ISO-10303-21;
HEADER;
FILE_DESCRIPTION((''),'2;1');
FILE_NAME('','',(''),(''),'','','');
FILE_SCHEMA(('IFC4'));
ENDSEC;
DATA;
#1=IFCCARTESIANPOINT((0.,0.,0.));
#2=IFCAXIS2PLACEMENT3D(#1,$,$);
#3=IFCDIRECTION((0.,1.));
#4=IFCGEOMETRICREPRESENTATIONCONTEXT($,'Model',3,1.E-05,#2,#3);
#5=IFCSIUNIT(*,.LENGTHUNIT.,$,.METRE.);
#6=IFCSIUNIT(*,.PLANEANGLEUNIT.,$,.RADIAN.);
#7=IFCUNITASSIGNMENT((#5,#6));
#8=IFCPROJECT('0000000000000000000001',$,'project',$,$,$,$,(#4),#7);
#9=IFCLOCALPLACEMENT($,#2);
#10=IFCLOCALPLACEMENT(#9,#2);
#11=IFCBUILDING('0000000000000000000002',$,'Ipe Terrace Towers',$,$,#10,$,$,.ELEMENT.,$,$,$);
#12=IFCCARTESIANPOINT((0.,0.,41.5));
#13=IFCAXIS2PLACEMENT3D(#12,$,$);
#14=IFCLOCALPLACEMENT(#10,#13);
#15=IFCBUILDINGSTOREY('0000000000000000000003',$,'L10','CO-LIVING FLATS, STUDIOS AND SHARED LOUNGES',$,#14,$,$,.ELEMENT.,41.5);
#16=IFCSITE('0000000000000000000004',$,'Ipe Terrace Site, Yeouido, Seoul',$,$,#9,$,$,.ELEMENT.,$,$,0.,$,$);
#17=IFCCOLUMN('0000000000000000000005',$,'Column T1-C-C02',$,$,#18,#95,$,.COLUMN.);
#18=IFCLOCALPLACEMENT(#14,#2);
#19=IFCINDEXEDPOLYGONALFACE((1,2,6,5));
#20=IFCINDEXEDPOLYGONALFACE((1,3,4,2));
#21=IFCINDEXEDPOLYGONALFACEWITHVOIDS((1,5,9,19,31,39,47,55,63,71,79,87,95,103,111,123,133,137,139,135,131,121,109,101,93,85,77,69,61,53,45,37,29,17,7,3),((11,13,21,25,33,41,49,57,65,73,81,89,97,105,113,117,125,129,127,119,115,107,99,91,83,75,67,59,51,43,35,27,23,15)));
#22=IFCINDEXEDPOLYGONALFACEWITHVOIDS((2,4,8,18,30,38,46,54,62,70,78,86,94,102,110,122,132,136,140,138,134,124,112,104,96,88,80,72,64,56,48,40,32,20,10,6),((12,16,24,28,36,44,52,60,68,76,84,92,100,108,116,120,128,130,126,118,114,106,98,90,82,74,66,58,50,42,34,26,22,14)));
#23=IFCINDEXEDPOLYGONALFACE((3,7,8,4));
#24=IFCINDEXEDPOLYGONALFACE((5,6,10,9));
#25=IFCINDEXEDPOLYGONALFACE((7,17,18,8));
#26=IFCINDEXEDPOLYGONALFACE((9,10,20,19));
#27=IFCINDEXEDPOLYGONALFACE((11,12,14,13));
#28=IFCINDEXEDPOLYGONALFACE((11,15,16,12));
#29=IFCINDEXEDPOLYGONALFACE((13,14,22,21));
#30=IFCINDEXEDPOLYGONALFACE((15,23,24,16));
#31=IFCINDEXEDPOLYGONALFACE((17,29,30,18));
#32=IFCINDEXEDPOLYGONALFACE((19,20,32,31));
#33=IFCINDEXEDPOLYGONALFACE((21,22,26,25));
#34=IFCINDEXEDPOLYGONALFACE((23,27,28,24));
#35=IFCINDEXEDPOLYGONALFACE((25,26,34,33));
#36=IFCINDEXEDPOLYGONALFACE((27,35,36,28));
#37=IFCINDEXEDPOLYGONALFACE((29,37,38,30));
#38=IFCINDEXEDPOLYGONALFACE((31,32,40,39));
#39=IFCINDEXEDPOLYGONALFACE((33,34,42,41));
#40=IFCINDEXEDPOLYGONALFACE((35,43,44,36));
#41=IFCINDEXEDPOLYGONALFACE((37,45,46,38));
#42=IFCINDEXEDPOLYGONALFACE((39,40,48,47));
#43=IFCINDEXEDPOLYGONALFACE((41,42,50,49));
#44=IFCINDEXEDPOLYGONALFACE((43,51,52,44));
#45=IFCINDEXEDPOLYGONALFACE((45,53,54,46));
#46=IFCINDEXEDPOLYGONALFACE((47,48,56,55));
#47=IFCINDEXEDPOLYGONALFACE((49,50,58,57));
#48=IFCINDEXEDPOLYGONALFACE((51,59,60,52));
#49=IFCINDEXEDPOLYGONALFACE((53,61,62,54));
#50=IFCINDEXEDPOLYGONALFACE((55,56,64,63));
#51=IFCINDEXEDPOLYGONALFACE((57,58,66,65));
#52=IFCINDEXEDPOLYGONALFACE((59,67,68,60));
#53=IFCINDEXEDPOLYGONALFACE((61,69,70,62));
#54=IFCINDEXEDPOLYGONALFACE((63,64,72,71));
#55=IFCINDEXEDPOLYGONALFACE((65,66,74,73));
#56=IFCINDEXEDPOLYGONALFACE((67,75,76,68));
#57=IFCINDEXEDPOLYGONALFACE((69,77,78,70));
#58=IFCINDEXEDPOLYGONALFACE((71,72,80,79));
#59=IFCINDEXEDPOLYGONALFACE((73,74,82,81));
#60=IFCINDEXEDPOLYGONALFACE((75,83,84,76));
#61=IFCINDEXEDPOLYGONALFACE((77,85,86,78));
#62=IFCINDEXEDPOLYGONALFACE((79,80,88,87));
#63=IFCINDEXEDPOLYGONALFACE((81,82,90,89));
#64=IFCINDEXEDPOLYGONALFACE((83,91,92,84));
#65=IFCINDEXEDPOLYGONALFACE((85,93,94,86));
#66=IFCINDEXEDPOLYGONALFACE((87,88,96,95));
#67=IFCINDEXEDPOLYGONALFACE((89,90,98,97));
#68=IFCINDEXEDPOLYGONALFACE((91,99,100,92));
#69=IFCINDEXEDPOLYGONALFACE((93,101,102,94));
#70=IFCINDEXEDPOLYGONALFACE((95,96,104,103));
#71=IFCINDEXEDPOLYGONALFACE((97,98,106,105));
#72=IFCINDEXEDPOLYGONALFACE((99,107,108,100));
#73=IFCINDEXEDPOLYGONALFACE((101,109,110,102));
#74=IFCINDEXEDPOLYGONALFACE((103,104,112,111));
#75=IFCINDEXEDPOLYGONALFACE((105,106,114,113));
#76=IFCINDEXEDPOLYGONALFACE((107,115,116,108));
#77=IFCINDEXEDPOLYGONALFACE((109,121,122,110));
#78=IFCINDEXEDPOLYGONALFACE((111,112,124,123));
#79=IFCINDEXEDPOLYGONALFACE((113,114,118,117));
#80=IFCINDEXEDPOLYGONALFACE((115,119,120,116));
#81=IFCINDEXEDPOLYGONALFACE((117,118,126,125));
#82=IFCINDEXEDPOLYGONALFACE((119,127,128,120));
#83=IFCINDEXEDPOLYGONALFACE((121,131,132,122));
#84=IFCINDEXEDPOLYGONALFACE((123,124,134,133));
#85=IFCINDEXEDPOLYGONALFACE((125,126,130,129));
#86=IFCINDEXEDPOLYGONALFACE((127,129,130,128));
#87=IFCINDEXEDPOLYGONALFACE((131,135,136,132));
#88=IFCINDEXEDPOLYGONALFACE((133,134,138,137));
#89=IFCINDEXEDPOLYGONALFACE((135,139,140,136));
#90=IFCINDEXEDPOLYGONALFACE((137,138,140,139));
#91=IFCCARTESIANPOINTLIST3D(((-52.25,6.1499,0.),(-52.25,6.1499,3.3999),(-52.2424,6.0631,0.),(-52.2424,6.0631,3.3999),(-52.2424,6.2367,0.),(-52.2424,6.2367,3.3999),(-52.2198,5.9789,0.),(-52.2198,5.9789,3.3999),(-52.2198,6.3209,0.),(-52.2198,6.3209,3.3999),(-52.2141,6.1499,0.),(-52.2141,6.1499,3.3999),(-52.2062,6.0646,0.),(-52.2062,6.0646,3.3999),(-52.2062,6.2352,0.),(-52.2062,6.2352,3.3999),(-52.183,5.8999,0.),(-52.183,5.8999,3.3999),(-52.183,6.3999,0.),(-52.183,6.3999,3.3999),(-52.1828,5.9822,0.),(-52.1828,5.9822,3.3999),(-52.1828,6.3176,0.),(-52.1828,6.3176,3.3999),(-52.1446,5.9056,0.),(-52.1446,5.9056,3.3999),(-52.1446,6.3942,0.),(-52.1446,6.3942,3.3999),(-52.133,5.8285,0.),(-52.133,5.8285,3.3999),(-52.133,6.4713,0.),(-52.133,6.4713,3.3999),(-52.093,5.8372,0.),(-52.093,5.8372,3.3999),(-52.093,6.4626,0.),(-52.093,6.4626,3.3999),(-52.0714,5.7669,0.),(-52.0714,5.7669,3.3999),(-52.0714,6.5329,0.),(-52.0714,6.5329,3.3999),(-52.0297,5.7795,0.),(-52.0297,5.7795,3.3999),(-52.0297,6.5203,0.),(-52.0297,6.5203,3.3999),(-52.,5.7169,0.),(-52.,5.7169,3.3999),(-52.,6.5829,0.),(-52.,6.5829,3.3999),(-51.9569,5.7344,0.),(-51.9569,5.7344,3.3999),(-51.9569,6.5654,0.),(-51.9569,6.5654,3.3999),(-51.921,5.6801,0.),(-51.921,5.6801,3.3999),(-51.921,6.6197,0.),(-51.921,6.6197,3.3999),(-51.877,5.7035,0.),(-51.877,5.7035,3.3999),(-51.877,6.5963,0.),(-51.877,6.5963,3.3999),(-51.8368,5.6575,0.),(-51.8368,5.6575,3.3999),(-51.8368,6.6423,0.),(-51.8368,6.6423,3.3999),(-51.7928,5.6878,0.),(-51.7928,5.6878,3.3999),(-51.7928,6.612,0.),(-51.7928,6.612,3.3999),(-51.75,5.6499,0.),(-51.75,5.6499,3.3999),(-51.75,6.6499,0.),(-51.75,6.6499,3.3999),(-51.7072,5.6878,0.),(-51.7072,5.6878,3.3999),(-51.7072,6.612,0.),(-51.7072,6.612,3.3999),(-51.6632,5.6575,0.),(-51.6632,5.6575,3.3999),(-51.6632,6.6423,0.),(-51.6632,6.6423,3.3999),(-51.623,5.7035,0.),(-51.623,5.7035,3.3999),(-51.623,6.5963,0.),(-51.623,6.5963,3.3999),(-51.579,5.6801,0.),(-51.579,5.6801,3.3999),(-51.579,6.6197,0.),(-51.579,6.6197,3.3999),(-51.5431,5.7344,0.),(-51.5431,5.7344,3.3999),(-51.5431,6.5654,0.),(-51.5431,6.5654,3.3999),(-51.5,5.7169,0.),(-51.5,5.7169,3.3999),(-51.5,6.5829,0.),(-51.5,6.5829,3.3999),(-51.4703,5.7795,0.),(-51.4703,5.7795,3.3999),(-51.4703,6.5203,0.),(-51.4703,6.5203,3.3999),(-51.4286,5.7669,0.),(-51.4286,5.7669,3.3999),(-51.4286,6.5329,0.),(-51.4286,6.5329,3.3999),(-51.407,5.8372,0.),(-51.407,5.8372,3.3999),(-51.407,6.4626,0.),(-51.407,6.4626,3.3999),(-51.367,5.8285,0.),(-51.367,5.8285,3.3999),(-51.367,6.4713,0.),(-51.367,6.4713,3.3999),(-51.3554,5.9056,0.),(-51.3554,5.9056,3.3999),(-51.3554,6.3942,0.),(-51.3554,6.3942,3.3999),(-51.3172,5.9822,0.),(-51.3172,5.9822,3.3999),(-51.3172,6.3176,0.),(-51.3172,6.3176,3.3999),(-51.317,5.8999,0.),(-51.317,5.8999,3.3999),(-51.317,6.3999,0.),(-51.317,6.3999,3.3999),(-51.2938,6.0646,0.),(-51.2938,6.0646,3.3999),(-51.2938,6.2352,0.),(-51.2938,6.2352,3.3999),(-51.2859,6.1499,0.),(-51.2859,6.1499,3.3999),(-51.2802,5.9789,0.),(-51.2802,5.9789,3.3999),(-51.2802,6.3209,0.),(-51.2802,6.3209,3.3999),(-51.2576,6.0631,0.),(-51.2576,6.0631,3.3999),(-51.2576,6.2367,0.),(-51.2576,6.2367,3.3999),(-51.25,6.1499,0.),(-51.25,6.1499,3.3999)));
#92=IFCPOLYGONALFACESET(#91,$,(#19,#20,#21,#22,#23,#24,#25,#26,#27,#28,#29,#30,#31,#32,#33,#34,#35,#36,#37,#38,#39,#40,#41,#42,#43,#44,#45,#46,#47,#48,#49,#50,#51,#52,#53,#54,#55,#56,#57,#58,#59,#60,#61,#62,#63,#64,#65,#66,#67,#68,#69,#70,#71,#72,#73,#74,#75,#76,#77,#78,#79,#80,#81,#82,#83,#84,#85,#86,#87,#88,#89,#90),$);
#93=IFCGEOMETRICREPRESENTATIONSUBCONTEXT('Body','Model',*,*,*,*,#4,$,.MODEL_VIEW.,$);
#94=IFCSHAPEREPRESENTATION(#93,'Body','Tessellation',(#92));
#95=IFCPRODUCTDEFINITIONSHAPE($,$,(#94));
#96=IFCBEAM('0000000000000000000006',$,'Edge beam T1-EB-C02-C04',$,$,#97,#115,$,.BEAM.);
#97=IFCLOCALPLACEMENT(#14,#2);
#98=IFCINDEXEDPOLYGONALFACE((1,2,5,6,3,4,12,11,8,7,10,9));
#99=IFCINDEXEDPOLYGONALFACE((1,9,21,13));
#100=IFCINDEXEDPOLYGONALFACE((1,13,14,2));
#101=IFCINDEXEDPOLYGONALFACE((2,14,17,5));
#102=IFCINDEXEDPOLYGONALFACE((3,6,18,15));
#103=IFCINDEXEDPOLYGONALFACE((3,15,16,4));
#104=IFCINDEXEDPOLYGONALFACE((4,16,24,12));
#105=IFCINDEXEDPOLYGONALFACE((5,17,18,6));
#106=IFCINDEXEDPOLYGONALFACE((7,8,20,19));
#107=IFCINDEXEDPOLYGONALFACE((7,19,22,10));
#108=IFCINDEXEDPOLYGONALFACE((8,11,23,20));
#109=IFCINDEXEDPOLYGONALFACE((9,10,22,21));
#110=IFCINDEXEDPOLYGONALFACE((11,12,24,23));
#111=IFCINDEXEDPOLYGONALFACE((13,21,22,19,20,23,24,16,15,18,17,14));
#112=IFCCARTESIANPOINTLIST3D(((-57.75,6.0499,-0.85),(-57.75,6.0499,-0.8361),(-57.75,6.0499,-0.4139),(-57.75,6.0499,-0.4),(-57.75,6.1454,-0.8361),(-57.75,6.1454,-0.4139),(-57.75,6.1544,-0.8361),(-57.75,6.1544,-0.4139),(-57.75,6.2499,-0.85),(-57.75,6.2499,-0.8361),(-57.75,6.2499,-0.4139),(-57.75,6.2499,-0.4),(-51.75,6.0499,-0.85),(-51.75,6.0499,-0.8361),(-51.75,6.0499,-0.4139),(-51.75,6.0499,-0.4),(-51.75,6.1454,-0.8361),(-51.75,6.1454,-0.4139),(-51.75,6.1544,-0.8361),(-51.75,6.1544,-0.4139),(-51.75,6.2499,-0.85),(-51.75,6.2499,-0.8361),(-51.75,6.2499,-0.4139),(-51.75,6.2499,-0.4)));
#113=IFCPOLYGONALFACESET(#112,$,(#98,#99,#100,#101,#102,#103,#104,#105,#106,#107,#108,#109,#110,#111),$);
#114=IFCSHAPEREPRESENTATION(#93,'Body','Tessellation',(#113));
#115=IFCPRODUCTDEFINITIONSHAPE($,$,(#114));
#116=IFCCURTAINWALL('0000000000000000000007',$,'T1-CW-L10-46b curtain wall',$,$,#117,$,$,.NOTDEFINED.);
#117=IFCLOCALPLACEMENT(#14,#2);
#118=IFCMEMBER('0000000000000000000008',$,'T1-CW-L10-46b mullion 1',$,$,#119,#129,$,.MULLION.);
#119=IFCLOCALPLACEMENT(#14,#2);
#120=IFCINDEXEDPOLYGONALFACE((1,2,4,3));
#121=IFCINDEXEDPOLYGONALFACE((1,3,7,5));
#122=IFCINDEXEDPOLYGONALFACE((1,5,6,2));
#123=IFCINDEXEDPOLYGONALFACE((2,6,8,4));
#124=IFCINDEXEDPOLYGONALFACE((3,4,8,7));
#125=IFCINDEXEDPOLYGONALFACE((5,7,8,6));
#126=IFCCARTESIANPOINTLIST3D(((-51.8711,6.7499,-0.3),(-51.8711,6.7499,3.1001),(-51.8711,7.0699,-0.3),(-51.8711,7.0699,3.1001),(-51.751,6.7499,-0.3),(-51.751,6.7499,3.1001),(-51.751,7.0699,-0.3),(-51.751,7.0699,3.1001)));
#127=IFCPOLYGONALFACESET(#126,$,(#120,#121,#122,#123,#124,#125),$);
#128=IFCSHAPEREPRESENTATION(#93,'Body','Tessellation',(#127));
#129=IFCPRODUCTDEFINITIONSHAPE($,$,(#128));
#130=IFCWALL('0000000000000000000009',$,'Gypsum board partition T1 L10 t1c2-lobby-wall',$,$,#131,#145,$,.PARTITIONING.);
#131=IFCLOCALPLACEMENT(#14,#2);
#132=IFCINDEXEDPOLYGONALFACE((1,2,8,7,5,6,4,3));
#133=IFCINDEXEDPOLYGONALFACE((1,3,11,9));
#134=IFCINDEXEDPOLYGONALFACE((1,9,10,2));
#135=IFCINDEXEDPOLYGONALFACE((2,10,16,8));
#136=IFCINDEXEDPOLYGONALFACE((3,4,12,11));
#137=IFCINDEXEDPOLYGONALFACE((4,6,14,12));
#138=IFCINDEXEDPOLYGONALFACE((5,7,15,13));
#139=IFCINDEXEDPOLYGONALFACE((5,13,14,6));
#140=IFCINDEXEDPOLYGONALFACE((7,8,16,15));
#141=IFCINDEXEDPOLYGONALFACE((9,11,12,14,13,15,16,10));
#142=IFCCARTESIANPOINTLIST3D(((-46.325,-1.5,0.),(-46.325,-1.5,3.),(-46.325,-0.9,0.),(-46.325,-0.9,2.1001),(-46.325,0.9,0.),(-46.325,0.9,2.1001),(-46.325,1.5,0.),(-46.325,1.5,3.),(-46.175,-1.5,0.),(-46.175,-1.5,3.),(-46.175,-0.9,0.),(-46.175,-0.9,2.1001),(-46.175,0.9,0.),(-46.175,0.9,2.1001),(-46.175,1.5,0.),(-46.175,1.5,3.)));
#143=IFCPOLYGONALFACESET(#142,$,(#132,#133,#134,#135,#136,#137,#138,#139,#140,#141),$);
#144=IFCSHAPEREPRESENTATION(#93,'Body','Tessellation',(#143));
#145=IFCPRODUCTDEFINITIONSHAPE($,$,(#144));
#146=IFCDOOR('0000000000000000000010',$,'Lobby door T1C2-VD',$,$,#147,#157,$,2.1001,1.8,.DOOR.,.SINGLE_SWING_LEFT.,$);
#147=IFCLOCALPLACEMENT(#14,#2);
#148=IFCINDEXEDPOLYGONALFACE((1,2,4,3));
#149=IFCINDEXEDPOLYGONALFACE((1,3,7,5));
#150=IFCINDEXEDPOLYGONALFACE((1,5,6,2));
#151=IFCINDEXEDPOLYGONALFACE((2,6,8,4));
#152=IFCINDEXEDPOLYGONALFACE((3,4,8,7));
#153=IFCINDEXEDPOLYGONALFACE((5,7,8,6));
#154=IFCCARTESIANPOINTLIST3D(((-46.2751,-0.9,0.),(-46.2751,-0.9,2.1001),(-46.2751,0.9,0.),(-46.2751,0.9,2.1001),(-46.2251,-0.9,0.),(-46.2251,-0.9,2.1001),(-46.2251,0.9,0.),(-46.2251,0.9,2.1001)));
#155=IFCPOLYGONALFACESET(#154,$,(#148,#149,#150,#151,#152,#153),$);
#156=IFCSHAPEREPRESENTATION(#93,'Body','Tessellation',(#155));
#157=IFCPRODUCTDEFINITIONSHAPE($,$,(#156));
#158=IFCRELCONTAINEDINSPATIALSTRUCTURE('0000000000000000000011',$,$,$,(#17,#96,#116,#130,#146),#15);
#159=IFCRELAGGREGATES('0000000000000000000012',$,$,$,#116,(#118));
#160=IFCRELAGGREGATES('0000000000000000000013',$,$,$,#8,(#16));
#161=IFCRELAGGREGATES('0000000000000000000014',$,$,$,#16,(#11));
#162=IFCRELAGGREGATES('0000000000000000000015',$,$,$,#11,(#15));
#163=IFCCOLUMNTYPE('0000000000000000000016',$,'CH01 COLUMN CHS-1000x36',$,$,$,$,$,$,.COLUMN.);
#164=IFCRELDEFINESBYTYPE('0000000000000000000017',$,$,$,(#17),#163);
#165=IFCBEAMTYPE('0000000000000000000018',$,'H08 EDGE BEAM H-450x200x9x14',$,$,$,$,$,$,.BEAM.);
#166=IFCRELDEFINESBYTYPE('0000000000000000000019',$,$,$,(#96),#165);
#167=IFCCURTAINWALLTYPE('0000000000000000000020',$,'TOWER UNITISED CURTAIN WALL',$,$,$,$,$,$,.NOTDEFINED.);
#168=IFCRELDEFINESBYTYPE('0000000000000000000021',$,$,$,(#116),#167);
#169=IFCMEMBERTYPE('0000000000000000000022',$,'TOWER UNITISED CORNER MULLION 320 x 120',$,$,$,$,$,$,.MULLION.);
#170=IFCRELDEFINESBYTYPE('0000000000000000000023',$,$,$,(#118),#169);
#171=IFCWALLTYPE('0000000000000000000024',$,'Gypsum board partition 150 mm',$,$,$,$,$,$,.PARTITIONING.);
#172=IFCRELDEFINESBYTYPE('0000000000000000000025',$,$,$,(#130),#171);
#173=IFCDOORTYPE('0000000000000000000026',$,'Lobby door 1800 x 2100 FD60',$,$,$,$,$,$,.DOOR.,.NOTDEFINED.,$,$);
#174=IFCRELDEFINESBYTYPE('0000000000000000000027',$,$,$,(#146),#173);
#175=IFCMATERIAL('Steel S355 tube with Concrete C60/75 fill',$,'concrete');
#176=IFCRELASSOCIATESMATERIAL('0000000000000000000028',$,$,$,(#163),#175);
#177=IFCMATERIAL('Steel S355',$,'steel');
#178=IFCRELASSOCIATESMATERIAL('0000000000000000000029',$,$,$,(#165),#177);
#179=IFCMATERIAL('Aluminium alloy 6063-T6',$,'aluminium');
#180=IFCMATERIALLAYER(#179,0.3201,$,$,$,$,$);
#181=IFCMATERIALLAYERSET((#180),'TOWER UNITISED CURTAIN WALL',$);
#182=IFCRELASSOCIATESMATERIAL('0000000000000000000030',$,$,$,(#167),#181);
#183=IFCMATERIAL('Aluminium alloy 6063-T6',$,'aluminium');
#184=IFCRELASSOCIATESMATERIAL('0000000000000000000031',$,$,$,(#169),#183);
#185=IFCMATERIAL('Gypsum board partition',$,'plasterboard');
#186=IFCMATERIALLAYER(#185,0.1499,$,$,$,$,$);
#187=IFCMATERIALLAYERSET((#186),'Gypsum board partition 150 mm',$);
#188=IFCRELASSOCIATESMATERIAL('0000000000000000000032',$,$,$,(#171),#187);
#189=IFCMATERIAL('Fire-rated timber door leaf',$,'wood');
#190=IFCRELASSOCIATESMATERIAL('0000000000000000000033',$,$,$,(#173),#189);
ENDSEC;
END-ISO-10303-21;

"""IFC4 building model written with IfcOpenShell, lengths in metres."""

from ifc_helpers import new_model, si_unit, direction, frame, frame_2d, origin, origin_2d, place, context, subcontext, project, spatial, rectangle, hollow_circle, i_section, extrude, material, layer, layer_set, material_profile, profile_set, type_object, element, fill, aggregate, save


model = new_model("IFC4")

# Units and contexts
model_context = context("Model", 3, precision=1e-05, world=origin(), true_north=direction((0.0, 1.0)))
body_context = subcontext(model_context, "Body", "Model", "MODEL_VIEW")
ifc_project = project(units=[si_unit("LENGTHUNIT", "METRE"), si_unit("PLANEANGLEUNIT", "RADIAN")], contexts=[model_context])

# Site, building, storey
site_placement = place(None, origin())
site = spatial("IfcSite", under=ifc_project, at=site_placement, Name="Ipe Terrace Site, Yeouido, Seoul", CompositionType="ELEMENT", RefElevation=0.0)
building_placement = place(site_placement, origin())
building = spatial("IfcBuilding", under=site, at=building_placement, Name="Ipe Terrace Towers", CompositionType="ELEMENT")
storey_placement = place(building_placement, frame((0.0, 0.0, 41.5)))
storey = spatial("IfcBuildingStorey", under=building, at=storey_placement, Name="L10", Description="CO-LIVING FLATS, STUDIOS AND SHARED LOUNGES", CompositionType="ELEMENT", Elevation=41.5)

# Column
ifc_material_1 = material(Name="Steel S355 tube with Concrete C60/75 fill", Category="concrete")
ifc_material_profile_1 = material_profile(ifc_material_1, hollow_circle(Radius=0.5, WallThickness=0.0359, at=origin_2d()), Name="CHS-1000x36")
ifc_profile_set_1 = profile_set([ifc_material_profile_1], Name="Steel S355 tube with Concrete C60/75 fill")
column_type = type_object("IfcColumnType", Name="CH01 COLUMN CHS-1000x36", PredefinedType="COLUMN", material=ifc_profile_set_1)
column_placement = place(storey_placement, frame((-51.75, 6.1499, 0.0), z_axis=(0.0, 0.0, 1.0), x_axis=(1.0, 0.0, 0.0)))
element("IfcColumn", 1, at=column_placement, inside=storey, type_object=column_type, Name="Column T1-C-C02", PredefinedType="COLUMN", context=body_context, shape_type="SweptSolid", body=[
    extrude(hollow_circle(Radius=0.5, WallThickness=0.0359, at=origin_2d()), origin(), (0.0, 0.0, 1.0), 3.3999),
])

# Beam
ifc_material_2 = material(Name="Steel S355", Category="steel")
ifc_material_profile_2 = material_profile(ifc_material_2, i_section(OverallWidth=0.2, OverallDepth=0.45, WebThickness=0.009, FlangeThickness=0.0139, at=origin_2d()), Name="H-450x200x9x14")
ifc_profile_set_2 = profile_set([ifc_material_profile_2], Name="Steel S355")
beam_type = type_object("IfcBeamType", Name="H08 EDGE BEAM H-450x200x9x14", PredefinedType="BEAM", material=ifc_profile_set_2)
beam_placement = place(storey_placement, frame((-51.75, 6.1499, -0.625), z_axis=(-1.0, 0.0, 0.0), x_axis=(0.0, -1.0, 0.0)))
element("IfcBeam", 2, at=beam_placement, inside=storey, type_object=beam_type, Name="Edge beam T1-EB-C02-C04", PredefinedType="BEAM", context=body_context, shape_type="SweptSolid", body=[
    extrude(i_section(OverallWidth=0.2, OverallDepth=0.45, WebThickness=0.009, FlangeThickness=0.0139, at=origin_2d()), origin(), (0.0, 0.0, 1.0), 6.0),
])

# Curtain wall, member
ifc_material_3 = material(Name="Aluminium alloy 6063-T6", Category="aluminium")
ifc_layer_1 = layer(ifc_material_3, 0.3201)
ifc_layer_set_1 = layer_set([ifc_layer_1], Name="TOWER UNITISED CURTAIN WALL")
curtain_wall_type = type_object("IfcCurtainWallType", Name="TOWER UNITISED CURTAIN WALL", PredefinedType="NOTDEFINED", material=ifc_layer_set_1)
curtain_wall_placement = place(storey_placement, origin())
curtain_wall = element("IfcCurtainWall", 3, at=curtain_wall_placement, inside=storey, type_object=curtain_wall_type, Name="T1-CW-L10-46b curtain wall", PredefinedType="NOTDEFINED")
ifc_material_4 = material(Name="Aluminium alloy 6063-T6", Category="aluminium")
ifc_material_profile_3 = material_profile(ifc_material_4, rectangle(XDim=0.3201, YDim=0.1201, at=origin_2d()), Name="TOWER UNITISED CORNER MULLION 320 x 120")
ifc_profile_set_3 = profile_set([ifc_material_profile_3], Name="Aluminium alloy 6063-T6")
member_type = type_object("IfcMemberType", Name="TOWER UNITISED CORNER MULLION 320 x 120", PredefinedType="MULLION", material=ifc_profile_set_3)
member_placement = place(storey_placement, frame((-51.811, 6.9099, -0.3), z_axis=(0.0, 0.0, 1.0), x_axis=(0.0, 1.0, 0.0)))
member = element("IfcMember", 4, at=member_placement, type_object=member_type, Name="T1-CW-L10-46b mullion 1", PredefinedType="MULLION", context=body_context, shape_type="SweptSolid", body=[
    extrude(rectangle(XDim=0.3201, YDim=0.1201, at=origin_2d()), origin(), (0.0, 0.0, 1.0), 3.4001),
])
aggregate(curtain_wall, [member])

# Wall, opening, door
ifc_material_5 = material(Name="Gypsum board partition", Category="plasterboard")
ifc_layer_2 = layer(ifc_material_5, 0.1499)
ifc_layer_set_2 = layer_set([ifc_layer_2], Name="Gypsum board partition 150 mm")
wall_type_1 = type_object("IfcWallType", Name="Gypsum board partition 150 mm", PredefinedType="PARTITIONING", material=ifc_layer_set_2)
wall_1_placement = place(storey_placement, frame((-46.25, 1.5, 0.0), z_axis=(0.0, 0.0, 1.0), x_axis=(0.0, -1.0, 0.0)))
wall_1 = element("IfcWall", 5, at=wall_1_placement, inside=storey, type_object=wall_type_1, Name="Gypsum board partition T1 L10 t1c2-lobby-wall", PredefinedType="PARTITIONING", context=body_context, shape_type="SweptSolid", body=[
    extrude(rectangle(XDim=3.0, YDim=0.1499, at=frame_2d((1.5, 0.0))), origin(), (0.0, 0.0, 1.0), 3.0),
])
opening_1_placement = place(wall_1_placement, frame((0.6001, 0.0, 0.0)))
opening_1 = element("IfcOpeningElement", 6, at=opening_1_placement, cuts=wall_1, PredefinedType="OPENING", context=body_context, shape_type="SweptSolid", body=[
    extrude(rectangle(XDim=1.8, YDim=2.1001, at=frame_2d((0.8999, 1.05))), frame((0.0, 0.085, 0.0), z_axis=(0.0, -1.0, 0.0), x_axis=(1.0, 0.0, 0.0)), (0.0, 0.0, 1.0), 0.1699),
])
ifc_material_6 = material(Name="Fire-rated timber door leaf", Category="wood")
door_type_1 = type_object("IfcDoorType", Name="Lobby door 1800 x 2100 FD60", OperationType="NOTDEFINED", PredefinedType="DOOR", material=ifc_material_6)
door_1_placement = place(opening_1_placement, origin())
door_1 = element("IfcDoor", 7, at=door_1_placement, inside=storey, type_object=door_type_1, Name="Lobby door T1C2-VD", OperationType="SINGLE_SWING_LEFT", OverallHeight=2.1001, OverallWidth=1.8, PredefinedType="DOOR", context=body_context, shape_type="SweptSolid", body=[
    extrude(rectangle(XDim=1.8, YDim=2.1001, at=frame_2d((0.8999, 1.05))), frame((0.0, 0.0249, 0.0), z_axis=(0.0, -1.0, 0.0), x_axis=(1.0, 0.0, 0.0)), (0.0, 0.0, 1.0), 0.05),
])
fill(opening_1, door_1)

save(model, "model.ifc")
